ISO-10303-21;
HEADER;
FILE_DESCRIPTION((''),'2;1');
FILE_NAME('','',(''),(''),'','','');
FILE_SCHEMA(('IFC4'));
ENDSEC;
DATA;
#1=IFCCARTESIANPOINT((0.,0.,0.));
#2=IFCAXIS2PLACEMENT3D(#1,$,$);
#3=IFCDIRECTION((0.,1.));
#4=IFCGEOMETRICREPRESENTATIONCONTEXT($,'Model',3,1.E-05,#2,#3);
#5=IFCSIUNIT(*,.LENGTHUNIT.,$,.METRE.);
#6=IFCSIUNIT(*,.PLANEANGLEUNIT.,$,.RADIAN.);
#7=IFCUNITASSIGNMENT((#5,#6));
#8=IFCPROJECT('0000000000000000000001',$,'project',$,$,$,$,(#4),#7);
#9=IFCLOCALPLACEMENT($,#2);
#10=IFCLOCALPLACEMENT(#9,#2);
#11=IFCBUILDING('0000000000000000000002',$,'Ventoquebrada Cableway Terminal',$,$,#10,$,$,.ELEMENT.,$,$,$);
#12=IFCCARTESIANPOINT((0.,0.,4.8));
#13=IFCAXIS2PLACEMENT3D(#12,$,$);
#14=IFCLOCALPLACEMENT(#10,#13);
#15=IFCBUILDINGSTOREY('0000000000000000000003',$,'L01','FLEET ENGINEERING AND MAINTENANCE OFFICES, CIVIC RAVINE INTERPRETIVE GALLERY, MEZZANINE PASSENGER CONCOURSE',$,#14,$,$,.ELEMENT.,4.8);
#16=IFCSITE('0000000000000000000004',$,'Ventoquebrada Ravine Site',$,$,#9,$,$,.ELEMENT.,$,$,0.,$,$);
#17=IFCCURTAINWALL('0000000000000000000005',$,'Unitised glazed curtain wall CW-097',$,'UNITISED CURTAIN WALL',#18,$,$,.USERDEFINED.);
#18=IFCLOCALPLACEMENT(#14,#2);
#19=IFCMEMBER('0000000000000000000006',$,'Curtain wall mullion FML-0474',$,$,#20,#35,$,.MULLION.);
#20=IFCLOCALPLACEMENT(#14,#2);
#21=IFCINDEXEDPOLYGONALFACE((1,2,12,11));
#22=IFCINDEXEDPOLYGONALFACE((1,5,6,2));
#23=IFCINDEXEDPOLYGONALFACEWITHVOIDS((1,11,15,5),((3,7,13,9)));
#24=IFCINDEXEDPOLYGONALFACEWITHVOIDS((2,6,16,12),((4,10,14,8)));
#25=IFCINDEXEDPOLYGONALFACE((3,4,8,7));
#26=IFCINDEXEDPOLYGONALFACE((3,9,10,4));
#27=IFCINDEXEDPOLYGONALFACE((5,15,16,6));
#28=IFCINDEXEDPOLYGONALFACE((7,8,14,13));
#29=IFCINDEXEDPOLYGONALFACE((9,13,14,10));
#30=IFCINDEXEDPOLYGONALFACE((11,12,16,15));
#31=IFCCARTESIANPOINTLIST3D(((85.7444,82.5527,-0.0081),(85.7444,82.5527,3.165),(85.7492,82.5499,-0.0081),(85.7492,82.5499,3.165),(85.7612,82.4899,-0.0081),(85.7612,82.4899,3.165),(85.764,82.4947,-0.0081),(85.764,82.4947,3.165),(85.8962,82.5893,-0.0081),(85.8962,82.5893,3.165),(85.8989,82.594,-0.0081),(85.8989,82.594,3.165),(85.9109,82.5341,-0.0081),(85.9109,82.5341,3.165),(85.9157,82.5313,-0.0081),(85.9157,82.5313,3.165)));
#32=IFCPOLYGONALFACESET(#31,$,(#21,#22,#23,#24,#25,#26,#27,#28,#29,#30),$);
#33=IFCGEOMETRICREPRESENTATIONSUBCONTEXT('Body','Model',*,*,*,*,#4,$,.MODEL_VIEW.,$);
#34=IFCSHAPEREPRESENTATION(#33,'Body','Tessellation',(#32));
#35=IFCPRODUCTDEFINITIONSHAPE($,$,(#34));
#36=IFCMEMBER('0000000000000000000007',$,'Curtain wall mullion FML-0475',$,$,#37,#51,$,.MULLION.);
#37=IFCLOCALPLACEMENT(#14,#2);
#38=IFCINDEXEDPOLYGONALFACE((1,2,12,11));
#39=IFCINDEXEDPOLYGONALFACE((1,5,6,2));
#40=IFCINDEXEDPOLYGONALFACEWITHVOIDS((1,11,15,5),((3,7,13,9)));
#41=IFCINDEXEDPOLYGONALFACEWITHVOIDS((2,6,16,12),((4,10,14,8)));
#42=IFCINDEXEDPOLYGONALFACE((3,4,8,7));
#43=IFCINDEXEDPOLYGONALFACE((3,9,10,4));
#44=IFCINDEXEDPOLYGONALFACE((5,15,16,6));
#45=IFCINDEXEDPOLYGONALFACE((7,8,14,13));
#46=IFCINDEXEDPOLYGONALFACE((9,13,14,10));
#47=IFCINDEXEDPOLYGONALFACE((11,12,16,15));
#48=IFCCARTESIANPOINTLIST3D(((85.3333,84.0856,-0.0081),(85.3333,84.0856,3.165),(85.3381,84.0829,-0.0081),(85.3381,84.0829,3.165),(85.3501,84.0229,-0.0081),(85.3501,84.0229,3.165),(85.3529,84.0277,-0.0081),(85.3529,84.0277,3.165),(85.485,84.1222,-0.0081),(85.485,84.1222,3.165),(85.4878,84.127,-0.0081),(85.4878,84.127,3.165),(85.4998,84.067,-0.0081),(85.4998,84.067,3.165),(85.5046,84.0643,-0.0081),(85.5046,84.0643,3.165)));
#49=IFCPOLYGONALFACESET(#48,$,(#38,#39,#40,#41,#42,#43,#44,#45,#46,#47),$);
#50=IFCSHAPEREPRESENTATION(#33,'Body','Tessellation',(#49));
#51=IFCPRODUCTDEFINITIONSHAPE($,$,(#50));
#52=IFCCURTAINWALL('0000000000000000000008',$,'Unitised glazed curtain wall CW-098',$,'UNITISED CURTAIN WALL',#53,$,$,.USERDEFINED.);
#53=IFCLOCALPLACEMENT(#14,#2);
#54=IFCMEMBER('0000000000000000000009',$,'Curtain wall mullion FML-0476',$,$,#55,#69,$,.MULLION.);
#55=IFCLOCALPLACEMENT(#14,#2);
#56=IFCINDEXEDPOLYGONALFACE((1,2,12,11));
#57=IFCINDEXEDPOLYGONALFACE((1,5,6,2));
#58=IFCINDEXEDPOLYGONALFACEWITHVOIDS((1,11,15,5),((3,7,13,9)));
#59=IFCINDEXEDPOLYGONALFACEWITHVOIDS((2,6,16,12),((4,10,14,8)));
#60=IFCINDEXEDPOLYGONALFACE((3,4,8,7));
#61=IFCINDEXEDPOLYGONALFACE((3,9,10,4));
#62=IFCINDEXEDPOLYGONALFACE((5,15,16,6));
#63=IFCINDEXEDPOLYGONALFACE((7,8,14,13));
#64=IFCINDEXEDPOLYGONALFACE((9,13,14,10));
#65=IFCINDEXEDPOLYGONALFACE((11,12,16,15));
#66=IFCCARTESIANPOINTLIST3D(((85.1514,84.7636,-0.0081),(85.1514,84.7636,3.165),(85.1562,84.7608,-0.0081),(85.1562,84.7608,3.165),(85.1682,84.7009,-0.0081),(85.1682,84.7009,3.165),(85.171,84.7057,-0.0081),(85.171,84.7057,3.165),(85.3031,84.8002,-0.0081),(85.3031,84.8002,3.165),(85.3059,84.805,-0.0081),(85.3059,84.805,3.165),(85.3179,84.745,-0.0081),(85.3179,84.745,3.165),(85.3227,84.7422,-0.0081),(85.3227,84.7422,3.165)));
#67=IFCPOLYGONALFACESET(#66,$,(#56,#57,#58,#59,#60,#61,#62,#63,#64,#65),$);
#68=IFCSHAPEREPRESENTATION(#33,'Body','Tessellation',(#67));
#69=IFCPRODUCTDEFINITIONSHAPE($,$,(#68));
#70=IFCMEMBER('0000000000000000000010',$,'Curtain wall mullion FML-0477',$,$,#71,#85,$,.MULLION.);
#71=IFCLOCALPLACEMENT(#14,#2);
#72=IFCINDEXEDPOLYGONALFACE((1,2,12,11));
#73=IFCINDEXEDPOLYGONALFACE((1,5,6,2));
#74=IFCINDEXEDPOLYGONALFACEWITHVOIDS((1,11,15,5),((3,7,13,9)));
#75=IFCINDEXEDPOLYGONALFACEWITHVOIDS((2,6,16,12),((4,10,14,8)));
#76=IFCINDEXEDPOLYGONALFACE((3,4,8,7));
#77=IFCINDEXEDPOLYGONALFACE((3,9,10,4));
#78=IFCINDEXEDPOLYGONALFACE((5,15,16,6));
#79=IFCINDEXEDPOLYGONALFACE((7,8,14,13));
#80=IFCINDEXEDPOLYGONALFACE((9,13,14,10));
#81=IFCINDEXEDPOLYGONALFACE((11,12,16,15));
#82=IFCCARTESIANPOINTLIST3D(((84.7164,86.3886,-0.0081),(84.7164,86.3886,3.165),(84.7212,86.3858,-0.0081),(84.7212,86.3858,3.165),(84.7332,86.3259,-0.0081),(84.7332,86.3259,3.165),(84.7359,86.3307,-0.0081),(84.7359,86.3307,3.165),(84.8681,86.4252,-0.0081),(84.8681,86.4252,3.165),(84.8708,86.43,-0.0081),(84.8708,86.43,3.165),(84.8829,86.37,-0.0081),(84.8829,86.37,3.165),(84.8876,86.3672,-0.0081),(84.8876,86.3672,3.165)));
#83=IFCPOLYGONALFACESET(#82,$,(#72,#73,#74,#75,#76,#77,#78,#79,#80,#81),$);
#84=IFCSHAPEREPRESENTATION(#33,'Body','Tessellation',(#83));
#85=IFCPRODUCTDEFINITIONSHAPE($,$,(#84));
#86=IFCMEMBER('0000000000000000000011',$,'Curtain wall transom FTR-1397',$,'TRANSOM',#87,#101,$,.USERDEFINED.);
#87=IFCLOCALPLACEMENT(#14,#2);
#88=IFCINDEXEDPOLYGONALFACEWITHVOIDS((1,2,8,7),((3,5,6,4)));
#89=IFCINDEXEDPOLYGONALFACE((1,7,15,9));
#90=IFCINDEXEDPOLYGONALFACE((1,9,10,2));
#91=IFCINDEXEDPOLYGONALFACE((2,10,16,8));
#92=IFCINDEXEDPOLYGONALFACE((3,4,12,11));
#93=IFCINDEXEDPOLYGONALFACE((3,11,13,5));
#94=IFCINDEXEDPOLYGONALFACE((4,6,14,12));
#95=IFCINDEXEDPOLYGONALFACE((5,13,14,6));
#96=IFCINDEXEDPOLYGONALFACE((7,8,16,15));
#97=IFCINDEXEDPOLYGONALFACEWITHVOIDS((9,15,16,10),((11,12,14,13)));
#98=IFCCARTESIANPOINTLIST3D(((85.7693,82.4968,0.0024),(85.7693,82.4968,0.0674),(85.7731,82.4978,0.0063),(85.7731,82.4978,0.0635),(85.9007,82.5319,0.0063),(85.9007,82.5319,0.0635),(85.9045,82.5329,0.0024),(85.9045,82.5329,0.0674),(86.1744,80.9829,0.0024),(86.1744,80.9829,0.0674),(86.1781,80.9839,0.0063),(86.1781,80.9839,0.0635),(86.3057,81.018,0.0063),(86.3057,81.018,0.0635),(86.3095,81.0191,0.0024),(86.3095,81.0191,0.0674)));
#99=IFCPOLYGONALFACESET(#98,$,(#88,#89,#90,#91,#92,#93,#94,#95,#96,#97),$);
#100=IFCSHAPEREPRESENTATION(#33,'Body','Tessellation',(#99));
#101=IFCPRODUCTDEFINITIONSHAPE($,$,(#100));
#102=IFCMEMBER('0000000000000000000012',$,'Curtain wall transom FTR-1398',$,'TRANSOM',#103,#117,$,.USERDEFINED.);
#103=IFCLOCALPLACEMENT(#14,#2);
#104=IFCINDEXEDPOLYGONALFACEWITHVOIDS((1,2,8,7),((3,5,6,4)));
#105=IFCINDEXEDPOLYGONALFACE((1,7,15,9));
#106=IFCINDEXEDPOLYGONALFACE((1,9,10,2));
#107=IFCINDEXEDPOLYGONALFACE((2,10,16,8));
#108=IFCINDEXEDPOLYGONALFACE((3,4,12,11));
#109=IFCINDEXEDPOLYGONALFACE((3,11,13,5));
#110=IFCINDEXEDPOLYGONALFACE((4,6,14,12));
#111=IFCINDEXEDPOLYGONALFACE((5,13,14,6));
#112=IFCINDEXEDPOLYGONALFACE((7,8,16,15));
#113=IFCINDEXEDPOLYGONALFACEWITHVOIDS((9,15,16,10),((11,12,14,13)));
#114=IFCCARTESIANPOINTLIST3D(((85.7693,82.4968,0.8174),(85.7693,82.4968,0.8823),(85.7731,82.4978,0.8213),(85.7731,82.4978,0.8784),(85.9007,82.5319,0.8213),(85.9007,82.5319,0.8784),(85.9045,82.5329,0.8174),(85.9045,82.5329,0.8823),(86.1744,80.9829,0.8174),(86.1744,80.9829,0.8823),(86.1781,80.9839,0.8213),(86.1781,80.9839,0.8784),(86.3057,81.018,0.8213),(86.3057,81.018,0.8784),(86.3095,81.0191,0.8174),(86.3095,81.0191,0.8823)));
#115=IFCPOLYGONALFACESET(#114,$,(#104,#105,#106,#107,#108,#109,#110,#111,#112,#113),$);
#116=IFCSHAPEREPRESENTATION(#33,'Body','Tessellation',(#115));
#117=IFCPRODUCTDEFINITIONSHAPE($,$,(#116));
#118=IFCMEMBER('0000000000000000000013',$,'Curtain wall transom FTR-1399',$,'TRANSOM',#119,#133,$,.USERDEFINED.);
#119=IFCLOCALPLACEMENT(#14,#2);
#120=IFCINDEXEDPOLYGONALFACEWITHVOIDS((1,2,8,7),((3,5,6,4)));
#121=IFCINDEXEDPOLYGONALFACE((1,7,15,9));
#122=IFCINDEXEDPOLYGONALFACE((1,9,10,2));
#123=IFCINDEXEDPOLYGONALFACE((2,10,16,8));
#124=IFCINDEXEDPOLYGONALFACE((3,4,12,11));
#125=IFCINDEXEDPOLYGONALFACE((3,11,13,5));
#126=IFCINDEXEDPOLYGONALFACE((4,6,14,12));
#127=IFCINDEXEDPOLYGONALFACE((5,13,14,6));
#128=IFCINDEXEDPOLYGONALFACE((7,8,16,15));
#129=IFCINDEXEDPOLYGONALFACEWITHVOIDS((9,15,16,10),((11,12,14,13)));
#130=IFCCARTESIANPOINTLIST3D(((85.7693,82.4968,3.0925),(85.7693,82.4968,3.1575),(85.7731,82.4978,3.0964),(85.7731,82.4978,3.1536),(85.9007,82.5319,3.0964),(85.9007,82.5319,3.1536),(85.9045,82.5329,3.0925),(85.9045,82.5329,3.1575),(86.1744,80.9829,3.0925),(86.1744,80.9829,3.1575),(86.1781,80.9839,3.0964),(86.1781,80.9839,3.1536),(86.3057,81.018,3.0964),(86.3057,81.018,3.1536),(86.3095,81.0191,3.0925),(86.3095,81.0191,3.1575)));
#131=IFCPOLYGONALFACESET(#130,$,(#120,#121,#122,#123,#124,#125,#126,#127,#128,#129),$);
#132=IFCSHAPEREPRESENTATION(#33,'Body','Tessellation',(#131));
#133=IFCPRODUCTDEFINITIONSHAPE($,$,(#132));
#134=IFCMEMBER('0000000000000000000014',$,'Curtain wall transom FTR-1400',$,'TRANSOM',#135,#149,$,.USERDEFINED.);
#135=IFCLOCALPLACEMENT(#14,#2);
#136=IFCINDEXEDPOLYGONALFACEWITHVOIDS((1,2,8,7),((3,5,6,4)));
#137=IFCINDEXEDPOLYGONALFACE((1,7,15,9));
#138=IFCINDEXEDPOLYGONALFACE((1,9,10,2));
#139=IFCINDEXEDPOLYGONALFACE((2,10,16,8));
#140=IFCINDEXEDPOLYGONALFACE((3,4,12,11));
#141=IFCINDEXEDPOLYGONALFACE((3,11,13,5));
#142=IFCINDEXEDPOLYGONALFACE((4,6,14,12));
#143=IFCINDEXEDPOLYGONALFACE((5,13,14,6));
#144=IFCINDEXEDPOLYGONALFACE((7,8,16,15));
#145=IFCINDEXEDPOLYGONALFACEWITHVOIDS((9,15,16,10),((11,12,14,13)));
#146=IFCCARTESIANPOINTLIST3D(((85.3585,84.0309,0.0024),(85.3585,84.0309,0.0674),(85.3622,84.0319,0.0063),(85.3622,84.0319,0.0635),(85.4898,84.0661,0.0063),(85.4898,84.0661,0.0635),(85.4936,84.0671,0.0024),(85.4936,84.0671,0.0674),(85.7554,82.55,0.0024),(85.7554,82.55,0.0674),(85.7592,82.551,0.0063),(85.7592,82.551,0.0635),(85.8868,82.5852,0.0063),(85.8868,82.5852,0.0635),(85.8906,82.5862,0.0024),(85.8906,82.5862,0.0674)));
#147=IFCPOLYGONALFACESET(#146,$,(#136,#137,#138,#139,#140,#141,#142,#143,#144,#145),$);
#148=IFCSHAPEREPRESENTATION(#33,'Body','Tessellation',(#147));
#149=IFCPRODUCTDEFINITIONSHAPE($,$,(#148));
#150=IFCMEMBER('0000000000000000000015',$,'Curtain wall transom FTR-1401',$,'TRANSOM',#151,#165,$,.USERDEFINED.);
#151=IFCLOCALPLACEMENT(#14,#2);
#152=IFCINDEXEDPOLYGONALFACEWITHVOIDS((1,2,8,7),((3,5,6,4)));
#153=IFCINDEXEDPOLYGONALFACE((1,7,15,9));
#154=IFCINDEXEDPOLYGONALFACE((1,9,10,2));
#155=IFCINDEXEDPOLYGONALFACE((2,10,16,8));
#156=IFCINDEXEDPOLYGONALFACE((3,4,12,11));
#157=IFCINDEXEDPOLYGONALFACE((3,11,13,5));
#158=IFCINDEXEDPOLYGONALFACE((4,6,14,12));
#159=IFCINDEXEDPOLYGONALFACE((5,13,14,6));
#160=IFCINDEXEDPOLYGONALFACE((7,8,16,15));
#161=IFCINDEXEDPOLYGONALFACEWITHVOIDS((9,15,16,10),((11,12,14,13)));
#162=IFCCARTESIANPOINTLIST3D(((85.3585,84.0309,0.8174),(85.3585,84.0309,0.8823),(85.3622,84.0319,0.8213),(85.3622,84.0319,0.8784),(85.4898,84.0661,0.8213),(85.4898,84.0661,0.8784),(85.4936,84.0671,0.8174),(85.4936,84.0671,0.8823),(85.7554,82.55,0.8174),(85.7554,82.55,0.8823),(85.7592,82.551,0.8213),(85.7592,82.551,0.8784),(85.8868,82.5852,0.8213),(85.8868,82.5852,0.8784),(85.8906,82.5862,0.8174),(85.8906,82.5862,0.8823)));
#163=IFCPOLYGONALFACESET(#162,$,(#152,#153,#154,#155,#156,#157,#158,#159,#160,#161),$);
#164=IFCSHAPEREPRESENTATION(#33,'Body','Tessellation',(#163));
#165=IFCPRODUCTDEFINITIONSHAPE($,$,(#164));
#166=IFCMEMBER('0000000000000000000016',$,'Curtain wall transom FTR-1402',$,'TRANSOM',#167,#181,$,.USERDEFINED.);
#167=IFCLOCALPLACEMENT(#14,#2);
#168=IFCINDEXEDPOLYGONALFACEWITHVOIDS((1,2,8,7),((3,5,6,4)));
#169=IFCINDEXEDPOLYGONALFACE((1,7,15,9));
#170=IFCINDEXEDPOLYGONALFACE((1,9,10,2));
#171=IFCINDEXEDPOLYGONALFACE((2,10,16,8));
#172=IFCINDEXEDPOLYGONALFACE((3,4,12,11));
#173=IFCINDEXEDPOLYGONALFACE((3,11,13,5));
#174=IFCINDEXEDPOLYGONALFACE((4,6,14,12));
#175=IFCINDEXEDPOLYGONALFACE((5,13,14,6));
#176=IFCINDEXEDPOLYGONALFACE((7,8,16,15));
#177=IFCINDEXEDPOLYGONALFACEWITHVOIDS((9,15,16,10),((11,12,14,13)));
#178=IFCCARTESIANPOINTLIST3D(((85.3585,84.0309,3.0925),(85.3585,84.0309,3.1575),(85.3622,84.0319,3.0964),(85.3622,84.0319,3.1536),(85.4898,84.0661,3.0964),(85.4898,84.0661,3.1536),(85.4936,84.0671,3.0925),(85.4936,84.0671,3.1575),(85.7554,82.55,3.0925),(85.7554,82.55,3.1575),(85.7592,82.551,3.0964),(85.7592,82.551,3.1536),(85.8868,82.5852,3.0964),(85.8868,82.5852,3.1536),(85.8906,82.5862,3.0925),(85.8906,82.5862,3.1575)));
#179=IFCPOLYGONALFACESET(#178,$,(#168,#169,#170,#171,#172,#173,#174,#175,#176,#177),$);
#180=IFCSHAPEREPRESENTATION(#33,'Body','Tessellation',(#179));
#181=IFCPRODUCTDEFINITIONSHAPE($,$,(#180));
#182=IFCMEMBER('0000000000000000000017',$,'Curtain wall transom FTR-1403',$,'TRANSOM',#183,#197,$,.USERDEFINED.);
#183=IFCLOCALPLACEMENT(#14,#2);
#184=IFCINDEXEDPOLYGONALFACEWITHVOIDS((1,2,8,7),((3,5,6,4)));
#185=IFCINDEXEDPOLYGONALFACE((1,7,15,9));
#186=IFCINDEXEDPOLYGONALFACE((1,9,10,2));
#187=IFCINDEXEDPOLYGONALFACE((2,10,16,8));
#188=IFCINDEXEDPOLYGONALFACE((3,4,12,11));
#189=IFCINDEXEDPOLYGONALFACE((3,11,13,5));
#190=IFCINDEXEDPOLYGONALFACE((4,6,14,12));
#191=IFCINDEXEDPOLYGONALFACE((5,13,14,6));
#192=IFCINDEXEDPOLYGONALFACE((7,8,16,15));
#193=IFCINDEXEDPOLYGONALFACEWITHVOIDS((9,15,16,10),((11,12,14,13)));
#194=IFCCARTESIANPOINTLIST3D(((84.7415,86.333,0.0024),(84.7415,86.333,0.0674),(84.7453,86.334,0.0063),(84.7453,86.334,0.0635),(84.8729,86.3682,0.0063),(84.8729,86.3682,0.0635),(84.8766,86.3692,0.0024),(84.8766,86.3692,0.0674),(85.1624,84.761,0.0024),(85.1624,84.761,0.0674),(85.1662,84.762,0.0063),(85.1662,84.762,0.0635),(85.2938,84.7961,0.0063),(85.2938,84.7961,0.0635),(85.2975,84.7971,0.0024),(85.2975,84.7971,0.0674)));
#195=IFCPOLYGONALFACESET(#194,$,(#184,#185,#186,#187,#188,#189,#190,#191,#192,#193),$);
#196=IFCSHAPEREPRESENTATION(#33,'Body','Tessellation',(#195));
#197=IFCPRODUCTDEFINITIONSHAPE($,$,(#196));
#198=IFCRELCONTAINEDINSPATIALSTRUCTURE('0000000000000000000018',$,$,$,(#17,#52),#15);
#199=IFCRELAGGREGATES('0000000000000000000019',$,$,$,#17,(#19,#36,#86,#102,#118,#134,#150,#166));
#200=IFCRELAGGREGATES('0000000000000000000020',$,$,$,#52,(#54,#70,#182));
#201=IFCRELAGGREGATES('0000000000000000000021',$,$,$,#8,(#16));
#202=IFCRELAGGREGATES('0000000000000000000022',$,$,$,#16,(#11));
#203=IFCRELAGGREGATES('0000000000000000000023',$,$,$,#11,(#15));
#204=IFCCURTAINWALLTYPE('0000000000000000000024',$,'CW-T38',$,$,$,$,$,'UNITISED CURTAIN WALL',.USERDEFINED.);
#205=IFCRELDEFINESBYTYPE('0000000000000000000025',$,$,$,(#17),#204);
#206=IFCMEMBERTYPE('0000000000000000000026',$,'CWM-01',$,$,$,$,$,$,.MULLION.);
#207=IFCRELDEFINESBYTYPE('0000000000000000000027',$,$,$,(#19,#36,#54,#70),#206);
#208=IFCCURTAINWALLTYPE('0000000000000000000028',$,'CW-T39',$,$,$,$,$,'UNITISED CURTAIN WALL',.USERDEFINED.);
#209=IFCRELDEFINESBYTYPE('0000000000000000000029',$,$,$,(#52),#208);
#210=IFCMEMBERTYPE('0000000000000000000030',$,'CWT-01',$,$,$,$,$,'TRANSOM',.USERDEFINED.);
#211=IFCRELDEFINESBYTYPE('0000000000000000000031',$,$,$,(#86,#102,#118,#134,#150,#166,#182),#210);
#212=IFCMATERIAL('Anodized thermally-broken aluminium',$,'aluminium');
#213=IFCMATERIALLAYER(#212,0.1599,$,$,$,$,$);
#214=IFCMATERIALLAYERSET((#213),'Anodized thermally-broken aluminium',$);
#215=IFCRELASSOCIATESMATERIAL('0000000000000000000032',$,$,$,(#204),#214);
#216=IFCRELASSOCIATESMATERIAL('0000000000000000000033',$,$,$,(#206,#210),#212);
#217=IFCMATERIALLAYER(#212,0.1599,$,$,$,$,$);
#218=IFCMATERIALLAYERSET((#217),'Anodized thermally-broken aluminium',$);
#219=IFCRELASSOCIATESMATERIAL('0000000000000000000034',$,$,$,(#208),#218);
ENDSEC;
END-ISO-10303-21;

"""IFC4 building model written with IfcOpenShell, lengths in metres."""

from ifc_helpers import new_model, si_unit, direction, frame, origin, origin_2d, place, context, subcontext, project, spatial, hollow_rectangle, extrude, material, layer, layer_set, material_profile, profile_set, type_object, element, aggregate, save


model = new_model("IFC4")

# Units and contexts
model_context = context("Model", 3, precision=1e-05, world=origin(), true_north=direction((0.0, 1.0)))
body_context = subcontext(model_context, "Body", "Model", "MODEL_VIEW")
ifc_project = project(units=[si_unit("LENGTHUNIT", "METRE"), si_unit("PLANEANGLEUNIT", "RADIAN")], contexts=[model_context])

# Site, building, storey
site_placement = place(None, origin())
site = spatial("IfcSite", under=ifc_project, at=site_placement, Name="Ventoquebrada Ravine Site", CompositionType="ELEMENT", RefElevation=0.0)
building_placement = place(site_placement, origin())
building = spatial("IfcBuilding", under=site, at=building_placement, Name="Ventoquebrada Cableway Terminal", CompositionType="ELEMENT")
storey_placement = place(building_placement, frame((0.0, 0.0, 4.8)))
storey = spatial("IfcBuildingStorey", under=building, at=storey_placement, Name="L01", Description="FLEET ENGINEERING AND MAINTENANCE OFFICES, CIVIC RAVINE INTERPRETIVE GALLERY, MEZZANINE PASSENGER CONCOURSE", CompositionType="ELEMENT", Elevation=4.8)

# Curtain walls, members
ifc_material_1 = material(Name="Anodized thermally-broken aluminium", Category="aluminium")
ifc_layer_1 = layer(ifc_material_1, 0.1599)
ifc_layer_set_1 = layer_set([ifc_layer_1], Name="Anodized thermally-broken aluminium")
curtain_wall_type_1 = type_object("IfcCurtainWallType", Name="CW-T38", ElementType="UNITISED CURTAIN WALL", PredefinedType="USERDEFINED", material=ifc_layer_set_1)
curtain_wall_1_placement = place(storey_placement, origin())
curtain_wall_1 = element("IfcCurtainWall", 1, at=curtain_wall_1_placement, inside=storey, type_object=curtain_wall_type_1, Name="Unitised glazed curtain wall CW-097", ObjectType="UNITISED CURTAIN WALL", PredefinedType="USERDEFINED")
ifc_material_profile_1 = material_profile(ifc_material_1, hollow_rectangle(XDim=0.0649, YDim=0.1599, WallThickness=0.0039, at=origin_2d()), Name="CW-MUL-65X160")
ifc_profile_set_1 = profile_set([ifc_material_profile_1], Name="Anodized thermally-broken aluminium")
member_type_1 = type_object("IfcMemberType", Name="CWM-01", PredefinedType="MULLION", material=ifc_profile_set_1)
member_1_placement = place(storey_placement, frame((85.8301, 82.542, -0.0081), z_axis=(0.0, 0.0, 1.0), x_axis=(-0.25865, 0.965971, 0.0)))
member_1 = element("IfcMember", 2, at=member_1_placement, type_object=member_type_1, Name="Curtain wall mullion FML-0474", PredefinedType="MULLION", context=body_context, shape_type="SweptSolid", body=[
    extrude(hollow_rectangle(XDim=0.0649, YDim=0.1599, WallThickness=0.0039, at=origin_2d()), origin(), (0.0, 0.0, 1.0), 3.1731),
])
member_2_placement = place(storey_placement, frame((85.4189, 84.075, -0.0081), z_axis=(0.0, 0.0, 1.0), x_axis=(-0.25865, 0.965971, 0.0)))
member_2 = element("IfcMember", 3, at=member_2_placement, type_object=member_type_1, Name="Curtain wall mullion FML-0475", PredefinedType="MULLION", context=body_context, shape_type="SweptSolid", body=[
    extrude(hollow_rectangle(XDim=0.0649, YDim=0.1599, WallThickness=0.0039, at=origin_2d()), origin(), (0.0, 0.0, 1.0), 3.1731),
])
ifc_layer_2 = layer(ifc_material_1, 0.1599)
ifc_layer_set_2 = layer_set([ifc_layer_2], Name="Anodized thermally-broken aluminium")
curtain_wall_type_2 = type_object("IfcCurtainWallType", Name="CW-T39", ElementType="UNITISED CURTAIN WALL", PredefinedType="USERDEFINED", material=ifc_layer_set_2)
curtain_wall_2_placement = place(storey_placement, origin())
curtain_wall_2 = element("IfcCurtainWall", 4, at=curtain_wall_2_placement, inside=storey, type_object=curtain_wall_type_2, Name="Unitised glazed curtain wall CW-098", ObjectType="UNITISED CURTAIN WALL", PredefinedType="USERDEFINED")
member_3_placement = place(storey_placement, frame((85.2371, 84.7529, -0.0081), z_axis=(0.0, 0.0, 1.0), x_axis=(-0.258701, 0.965957, 0.0)))
member_3 = element("IfcMember", 5, at=member_3_placement, type_object=member_type_1, Name="Curtain wall mullion FML-0476", PredefinedType="MULLION", context=body_context, shape_type="SweptSolid", body=[
    extrude(hollow_rectangle(XDim=0.0649, YDim=0.1599, WallThickness=0.0039, at=origin_2d()), origin(), (0.0, 0.0, 1.0), 3.1731),
])
member_4_placement = place(storey_placement, frame((84.802, 86.3779, -0.0081), z_axis=(0.0, 0.0, 1.0), x_axis=(-0.258701, 0.965957, 0.0)))
member_4 = element("IfcMember", 6, at=member_4_placement, type_object=member_type_1, Name="Curtain wall mullion FML-0477", PredefinedType="MULLION", context=body_context, shape_type="SweptSolid", body=[
    extrude(hollow_rectangle(XDim=0.0649, YDim=0.1599, WallThickness=0.0039, at=origin_2d()), origin(), (0.0, 0.0, 1.0), 3.1731),
])

# Members
ifc_material_profile_2 = material_profile(ifc_material_1, hollow_rectangle(XDim=0.0649, YDim=0.1399, WallThickness=0.0039, at=origin_2d()), Name="CW-TRN-65X140")
ifc_profile_set_2 = profile_set([ifc_material_profile_2], Name="Anodized thermally-broken aluminium")
member_type_2 = type_object("IfcMemberType", Name="CWT-01", ElementType="TRANSOM", PredefinedType="USERDEFINED", material=ifc_profile_set_2)
member_5_placement = place(storey_placement, frame((86.2419, 81.001, 0.0349), z_axis=(-0.258448, 0.966025, 0.0), x_axis=(0.0, 0.0, 1.0)))
member_5 = element("IfcMember", 7, at=member_5_placement, type_object=member_type_2, Name="Curtain wall transom FTR-1397", ObjectType="TRANSOM", PredefinedType="USERDEFINED", context=body_context, shape_type="SweptSolid", body=[
    extrude(hollow_rectangle(XDim=0.0649, YDim=0.1399, WallThickness=0.0039, at=origin_2d()), origin(), (0.0, 0.0, 1.0), 1.5671),
])
member_6_placement = place(storey_placement, frame((86.2419, 81.001, 0.8499), z_axis=(-0.258448, 0.966025, 0.0), x_axis=(0.0, 0.0, 1.0)))
member_6 = element("IfcMember", 8, at=member_6_placement, type_object=member_type_2, Name="Curtain wall transom FTR-1398", ObjectType="TRANSOM", PredefinedType="USERDEFINED", context=body_context, shape_type="SweptSolid", body=[
    extrude(hollow_rectangle(XDim=0.0649, YDim=0.1399, WallThickness=0.0039, at=origin_2d()), origin(), (0.0, 0.0, 1.0), 1.5671),
])
member_7_placement = place(storey_placement, frame((86.2419, 81.001, 3.125), z_axis=(-0.258448, 0.966025, 0.0), x_axis=(0.0, 0.0, 1.0)))
member_7 = element("IfcMember", 9, at=member_7_placement, type_object=member_type_2, Name="Curtain wall transom FTR-1399", ObjectType="TRANSOM", PredefinedType="USERDEFINED", context=body_context, shape_type="SweptSolid", body=[
    extrude(hollow_rectangle(XDim=0.0649, YDim=0.1399, WallThickness=0.0039, at=origin_2d()), origin(), (0.0, 0.0, 1.0), 1.5671),
])
member_8_placement = place(storey_placement, frame((85.823, 82.5681, 0.0349), z_axis=(-0.258911, 0.965901, 0.0), x_axis=(0.0, 0.0, 1.0)))
member_8 = element("IfcMember", 10, at=member_8_placement, type_object=member_type_2, Name="Curtain wall transom FTR-1400", ObjectType="TRANSOM", PredefinedType="USERDEFINED", context=body_context, shape_type="SweptSolid", body=[
    extrude(hollow_rectangle(XDim=0.0649, YDim=0.1399, WallThickness=0.0039, at=origin_2d()), origin(), (0.0, 0.0, 1.0), 1.5332),
])
member_9_placement = place(storey_placement, frame((85.823, 82.5681, 0.8499), z_axis=(-0.258911, 0.965901, 0.0), x_axis=(0.0, 0.0, 1.0)))
member_9 = element("IfcMember", 11, at=member_9_placement, type_object=member_type_2, Name="Curtain wall transom FTR-1401", ObjectType="TRANSOM", PredefinedType="USERDEFINED", context=body_context, shape_type="SweptSolid", body=[
    extrude(hollow_rectangle(XDim=0.0649, YDim=0.1399, WallThickness=0.0039, at=origin_2d()), origin(), (0.0, 0.0, 1.0), 1.5332),
])
member_10_placement = place(storey_placement, frame((85.823, 82.5681, 3.125), z_axis=(-0.258911, 0.965901, 0.0), x_axis=(0.0, 0.0, 1.0)))
member_10 = element("IfcMember", 12, at=member_10_placement, type_object=member_type_2, Name="Curtain wall transom FTR-1402", ObjectType="TRANSOM", PredefinedType="USERDEFINED", context=body_context, shape_type="SweptSolid", body=[
    extrude(hollow_rectangle(XDim=0.0649, YDim=0.1399, WallThickness=0.0039, at=origin_2d()), origin(), (0.0, 0.0, 1.0), 1.5332),
])
member_11_placement = place(storey_placement, frame((85.23, 84.7791, 0.0349), z_axis=(-0.258634, 0.965975, 0.0), x_axis=(0.0, 0.0, 1.0)))
member_11 = element("IfcMember", 13, at=member_11_placement, type_object=member_type_2, Name="Curtain wall transom FTR-1403", ObjectType="TRANSOM", PredefinedType="USERDEFINED", context=body_context, shape_type="SweptSolid", body=[
    extrude(hollow_rectangle(XDim=0.0649, YDim=0.1399, WallThickness=0.0039, at=origin_2d()), origin(), (0.0, 0.0, 1.0), 1.6274),
])

aggregate(curtain_wall_1, [member_1, member_2, member_5, member_6, member_7, member_8, member_9, member_10])
aggregate(curtain_wall_2, [member_3, member_4, member_11])

save(model, "model.ifc")
